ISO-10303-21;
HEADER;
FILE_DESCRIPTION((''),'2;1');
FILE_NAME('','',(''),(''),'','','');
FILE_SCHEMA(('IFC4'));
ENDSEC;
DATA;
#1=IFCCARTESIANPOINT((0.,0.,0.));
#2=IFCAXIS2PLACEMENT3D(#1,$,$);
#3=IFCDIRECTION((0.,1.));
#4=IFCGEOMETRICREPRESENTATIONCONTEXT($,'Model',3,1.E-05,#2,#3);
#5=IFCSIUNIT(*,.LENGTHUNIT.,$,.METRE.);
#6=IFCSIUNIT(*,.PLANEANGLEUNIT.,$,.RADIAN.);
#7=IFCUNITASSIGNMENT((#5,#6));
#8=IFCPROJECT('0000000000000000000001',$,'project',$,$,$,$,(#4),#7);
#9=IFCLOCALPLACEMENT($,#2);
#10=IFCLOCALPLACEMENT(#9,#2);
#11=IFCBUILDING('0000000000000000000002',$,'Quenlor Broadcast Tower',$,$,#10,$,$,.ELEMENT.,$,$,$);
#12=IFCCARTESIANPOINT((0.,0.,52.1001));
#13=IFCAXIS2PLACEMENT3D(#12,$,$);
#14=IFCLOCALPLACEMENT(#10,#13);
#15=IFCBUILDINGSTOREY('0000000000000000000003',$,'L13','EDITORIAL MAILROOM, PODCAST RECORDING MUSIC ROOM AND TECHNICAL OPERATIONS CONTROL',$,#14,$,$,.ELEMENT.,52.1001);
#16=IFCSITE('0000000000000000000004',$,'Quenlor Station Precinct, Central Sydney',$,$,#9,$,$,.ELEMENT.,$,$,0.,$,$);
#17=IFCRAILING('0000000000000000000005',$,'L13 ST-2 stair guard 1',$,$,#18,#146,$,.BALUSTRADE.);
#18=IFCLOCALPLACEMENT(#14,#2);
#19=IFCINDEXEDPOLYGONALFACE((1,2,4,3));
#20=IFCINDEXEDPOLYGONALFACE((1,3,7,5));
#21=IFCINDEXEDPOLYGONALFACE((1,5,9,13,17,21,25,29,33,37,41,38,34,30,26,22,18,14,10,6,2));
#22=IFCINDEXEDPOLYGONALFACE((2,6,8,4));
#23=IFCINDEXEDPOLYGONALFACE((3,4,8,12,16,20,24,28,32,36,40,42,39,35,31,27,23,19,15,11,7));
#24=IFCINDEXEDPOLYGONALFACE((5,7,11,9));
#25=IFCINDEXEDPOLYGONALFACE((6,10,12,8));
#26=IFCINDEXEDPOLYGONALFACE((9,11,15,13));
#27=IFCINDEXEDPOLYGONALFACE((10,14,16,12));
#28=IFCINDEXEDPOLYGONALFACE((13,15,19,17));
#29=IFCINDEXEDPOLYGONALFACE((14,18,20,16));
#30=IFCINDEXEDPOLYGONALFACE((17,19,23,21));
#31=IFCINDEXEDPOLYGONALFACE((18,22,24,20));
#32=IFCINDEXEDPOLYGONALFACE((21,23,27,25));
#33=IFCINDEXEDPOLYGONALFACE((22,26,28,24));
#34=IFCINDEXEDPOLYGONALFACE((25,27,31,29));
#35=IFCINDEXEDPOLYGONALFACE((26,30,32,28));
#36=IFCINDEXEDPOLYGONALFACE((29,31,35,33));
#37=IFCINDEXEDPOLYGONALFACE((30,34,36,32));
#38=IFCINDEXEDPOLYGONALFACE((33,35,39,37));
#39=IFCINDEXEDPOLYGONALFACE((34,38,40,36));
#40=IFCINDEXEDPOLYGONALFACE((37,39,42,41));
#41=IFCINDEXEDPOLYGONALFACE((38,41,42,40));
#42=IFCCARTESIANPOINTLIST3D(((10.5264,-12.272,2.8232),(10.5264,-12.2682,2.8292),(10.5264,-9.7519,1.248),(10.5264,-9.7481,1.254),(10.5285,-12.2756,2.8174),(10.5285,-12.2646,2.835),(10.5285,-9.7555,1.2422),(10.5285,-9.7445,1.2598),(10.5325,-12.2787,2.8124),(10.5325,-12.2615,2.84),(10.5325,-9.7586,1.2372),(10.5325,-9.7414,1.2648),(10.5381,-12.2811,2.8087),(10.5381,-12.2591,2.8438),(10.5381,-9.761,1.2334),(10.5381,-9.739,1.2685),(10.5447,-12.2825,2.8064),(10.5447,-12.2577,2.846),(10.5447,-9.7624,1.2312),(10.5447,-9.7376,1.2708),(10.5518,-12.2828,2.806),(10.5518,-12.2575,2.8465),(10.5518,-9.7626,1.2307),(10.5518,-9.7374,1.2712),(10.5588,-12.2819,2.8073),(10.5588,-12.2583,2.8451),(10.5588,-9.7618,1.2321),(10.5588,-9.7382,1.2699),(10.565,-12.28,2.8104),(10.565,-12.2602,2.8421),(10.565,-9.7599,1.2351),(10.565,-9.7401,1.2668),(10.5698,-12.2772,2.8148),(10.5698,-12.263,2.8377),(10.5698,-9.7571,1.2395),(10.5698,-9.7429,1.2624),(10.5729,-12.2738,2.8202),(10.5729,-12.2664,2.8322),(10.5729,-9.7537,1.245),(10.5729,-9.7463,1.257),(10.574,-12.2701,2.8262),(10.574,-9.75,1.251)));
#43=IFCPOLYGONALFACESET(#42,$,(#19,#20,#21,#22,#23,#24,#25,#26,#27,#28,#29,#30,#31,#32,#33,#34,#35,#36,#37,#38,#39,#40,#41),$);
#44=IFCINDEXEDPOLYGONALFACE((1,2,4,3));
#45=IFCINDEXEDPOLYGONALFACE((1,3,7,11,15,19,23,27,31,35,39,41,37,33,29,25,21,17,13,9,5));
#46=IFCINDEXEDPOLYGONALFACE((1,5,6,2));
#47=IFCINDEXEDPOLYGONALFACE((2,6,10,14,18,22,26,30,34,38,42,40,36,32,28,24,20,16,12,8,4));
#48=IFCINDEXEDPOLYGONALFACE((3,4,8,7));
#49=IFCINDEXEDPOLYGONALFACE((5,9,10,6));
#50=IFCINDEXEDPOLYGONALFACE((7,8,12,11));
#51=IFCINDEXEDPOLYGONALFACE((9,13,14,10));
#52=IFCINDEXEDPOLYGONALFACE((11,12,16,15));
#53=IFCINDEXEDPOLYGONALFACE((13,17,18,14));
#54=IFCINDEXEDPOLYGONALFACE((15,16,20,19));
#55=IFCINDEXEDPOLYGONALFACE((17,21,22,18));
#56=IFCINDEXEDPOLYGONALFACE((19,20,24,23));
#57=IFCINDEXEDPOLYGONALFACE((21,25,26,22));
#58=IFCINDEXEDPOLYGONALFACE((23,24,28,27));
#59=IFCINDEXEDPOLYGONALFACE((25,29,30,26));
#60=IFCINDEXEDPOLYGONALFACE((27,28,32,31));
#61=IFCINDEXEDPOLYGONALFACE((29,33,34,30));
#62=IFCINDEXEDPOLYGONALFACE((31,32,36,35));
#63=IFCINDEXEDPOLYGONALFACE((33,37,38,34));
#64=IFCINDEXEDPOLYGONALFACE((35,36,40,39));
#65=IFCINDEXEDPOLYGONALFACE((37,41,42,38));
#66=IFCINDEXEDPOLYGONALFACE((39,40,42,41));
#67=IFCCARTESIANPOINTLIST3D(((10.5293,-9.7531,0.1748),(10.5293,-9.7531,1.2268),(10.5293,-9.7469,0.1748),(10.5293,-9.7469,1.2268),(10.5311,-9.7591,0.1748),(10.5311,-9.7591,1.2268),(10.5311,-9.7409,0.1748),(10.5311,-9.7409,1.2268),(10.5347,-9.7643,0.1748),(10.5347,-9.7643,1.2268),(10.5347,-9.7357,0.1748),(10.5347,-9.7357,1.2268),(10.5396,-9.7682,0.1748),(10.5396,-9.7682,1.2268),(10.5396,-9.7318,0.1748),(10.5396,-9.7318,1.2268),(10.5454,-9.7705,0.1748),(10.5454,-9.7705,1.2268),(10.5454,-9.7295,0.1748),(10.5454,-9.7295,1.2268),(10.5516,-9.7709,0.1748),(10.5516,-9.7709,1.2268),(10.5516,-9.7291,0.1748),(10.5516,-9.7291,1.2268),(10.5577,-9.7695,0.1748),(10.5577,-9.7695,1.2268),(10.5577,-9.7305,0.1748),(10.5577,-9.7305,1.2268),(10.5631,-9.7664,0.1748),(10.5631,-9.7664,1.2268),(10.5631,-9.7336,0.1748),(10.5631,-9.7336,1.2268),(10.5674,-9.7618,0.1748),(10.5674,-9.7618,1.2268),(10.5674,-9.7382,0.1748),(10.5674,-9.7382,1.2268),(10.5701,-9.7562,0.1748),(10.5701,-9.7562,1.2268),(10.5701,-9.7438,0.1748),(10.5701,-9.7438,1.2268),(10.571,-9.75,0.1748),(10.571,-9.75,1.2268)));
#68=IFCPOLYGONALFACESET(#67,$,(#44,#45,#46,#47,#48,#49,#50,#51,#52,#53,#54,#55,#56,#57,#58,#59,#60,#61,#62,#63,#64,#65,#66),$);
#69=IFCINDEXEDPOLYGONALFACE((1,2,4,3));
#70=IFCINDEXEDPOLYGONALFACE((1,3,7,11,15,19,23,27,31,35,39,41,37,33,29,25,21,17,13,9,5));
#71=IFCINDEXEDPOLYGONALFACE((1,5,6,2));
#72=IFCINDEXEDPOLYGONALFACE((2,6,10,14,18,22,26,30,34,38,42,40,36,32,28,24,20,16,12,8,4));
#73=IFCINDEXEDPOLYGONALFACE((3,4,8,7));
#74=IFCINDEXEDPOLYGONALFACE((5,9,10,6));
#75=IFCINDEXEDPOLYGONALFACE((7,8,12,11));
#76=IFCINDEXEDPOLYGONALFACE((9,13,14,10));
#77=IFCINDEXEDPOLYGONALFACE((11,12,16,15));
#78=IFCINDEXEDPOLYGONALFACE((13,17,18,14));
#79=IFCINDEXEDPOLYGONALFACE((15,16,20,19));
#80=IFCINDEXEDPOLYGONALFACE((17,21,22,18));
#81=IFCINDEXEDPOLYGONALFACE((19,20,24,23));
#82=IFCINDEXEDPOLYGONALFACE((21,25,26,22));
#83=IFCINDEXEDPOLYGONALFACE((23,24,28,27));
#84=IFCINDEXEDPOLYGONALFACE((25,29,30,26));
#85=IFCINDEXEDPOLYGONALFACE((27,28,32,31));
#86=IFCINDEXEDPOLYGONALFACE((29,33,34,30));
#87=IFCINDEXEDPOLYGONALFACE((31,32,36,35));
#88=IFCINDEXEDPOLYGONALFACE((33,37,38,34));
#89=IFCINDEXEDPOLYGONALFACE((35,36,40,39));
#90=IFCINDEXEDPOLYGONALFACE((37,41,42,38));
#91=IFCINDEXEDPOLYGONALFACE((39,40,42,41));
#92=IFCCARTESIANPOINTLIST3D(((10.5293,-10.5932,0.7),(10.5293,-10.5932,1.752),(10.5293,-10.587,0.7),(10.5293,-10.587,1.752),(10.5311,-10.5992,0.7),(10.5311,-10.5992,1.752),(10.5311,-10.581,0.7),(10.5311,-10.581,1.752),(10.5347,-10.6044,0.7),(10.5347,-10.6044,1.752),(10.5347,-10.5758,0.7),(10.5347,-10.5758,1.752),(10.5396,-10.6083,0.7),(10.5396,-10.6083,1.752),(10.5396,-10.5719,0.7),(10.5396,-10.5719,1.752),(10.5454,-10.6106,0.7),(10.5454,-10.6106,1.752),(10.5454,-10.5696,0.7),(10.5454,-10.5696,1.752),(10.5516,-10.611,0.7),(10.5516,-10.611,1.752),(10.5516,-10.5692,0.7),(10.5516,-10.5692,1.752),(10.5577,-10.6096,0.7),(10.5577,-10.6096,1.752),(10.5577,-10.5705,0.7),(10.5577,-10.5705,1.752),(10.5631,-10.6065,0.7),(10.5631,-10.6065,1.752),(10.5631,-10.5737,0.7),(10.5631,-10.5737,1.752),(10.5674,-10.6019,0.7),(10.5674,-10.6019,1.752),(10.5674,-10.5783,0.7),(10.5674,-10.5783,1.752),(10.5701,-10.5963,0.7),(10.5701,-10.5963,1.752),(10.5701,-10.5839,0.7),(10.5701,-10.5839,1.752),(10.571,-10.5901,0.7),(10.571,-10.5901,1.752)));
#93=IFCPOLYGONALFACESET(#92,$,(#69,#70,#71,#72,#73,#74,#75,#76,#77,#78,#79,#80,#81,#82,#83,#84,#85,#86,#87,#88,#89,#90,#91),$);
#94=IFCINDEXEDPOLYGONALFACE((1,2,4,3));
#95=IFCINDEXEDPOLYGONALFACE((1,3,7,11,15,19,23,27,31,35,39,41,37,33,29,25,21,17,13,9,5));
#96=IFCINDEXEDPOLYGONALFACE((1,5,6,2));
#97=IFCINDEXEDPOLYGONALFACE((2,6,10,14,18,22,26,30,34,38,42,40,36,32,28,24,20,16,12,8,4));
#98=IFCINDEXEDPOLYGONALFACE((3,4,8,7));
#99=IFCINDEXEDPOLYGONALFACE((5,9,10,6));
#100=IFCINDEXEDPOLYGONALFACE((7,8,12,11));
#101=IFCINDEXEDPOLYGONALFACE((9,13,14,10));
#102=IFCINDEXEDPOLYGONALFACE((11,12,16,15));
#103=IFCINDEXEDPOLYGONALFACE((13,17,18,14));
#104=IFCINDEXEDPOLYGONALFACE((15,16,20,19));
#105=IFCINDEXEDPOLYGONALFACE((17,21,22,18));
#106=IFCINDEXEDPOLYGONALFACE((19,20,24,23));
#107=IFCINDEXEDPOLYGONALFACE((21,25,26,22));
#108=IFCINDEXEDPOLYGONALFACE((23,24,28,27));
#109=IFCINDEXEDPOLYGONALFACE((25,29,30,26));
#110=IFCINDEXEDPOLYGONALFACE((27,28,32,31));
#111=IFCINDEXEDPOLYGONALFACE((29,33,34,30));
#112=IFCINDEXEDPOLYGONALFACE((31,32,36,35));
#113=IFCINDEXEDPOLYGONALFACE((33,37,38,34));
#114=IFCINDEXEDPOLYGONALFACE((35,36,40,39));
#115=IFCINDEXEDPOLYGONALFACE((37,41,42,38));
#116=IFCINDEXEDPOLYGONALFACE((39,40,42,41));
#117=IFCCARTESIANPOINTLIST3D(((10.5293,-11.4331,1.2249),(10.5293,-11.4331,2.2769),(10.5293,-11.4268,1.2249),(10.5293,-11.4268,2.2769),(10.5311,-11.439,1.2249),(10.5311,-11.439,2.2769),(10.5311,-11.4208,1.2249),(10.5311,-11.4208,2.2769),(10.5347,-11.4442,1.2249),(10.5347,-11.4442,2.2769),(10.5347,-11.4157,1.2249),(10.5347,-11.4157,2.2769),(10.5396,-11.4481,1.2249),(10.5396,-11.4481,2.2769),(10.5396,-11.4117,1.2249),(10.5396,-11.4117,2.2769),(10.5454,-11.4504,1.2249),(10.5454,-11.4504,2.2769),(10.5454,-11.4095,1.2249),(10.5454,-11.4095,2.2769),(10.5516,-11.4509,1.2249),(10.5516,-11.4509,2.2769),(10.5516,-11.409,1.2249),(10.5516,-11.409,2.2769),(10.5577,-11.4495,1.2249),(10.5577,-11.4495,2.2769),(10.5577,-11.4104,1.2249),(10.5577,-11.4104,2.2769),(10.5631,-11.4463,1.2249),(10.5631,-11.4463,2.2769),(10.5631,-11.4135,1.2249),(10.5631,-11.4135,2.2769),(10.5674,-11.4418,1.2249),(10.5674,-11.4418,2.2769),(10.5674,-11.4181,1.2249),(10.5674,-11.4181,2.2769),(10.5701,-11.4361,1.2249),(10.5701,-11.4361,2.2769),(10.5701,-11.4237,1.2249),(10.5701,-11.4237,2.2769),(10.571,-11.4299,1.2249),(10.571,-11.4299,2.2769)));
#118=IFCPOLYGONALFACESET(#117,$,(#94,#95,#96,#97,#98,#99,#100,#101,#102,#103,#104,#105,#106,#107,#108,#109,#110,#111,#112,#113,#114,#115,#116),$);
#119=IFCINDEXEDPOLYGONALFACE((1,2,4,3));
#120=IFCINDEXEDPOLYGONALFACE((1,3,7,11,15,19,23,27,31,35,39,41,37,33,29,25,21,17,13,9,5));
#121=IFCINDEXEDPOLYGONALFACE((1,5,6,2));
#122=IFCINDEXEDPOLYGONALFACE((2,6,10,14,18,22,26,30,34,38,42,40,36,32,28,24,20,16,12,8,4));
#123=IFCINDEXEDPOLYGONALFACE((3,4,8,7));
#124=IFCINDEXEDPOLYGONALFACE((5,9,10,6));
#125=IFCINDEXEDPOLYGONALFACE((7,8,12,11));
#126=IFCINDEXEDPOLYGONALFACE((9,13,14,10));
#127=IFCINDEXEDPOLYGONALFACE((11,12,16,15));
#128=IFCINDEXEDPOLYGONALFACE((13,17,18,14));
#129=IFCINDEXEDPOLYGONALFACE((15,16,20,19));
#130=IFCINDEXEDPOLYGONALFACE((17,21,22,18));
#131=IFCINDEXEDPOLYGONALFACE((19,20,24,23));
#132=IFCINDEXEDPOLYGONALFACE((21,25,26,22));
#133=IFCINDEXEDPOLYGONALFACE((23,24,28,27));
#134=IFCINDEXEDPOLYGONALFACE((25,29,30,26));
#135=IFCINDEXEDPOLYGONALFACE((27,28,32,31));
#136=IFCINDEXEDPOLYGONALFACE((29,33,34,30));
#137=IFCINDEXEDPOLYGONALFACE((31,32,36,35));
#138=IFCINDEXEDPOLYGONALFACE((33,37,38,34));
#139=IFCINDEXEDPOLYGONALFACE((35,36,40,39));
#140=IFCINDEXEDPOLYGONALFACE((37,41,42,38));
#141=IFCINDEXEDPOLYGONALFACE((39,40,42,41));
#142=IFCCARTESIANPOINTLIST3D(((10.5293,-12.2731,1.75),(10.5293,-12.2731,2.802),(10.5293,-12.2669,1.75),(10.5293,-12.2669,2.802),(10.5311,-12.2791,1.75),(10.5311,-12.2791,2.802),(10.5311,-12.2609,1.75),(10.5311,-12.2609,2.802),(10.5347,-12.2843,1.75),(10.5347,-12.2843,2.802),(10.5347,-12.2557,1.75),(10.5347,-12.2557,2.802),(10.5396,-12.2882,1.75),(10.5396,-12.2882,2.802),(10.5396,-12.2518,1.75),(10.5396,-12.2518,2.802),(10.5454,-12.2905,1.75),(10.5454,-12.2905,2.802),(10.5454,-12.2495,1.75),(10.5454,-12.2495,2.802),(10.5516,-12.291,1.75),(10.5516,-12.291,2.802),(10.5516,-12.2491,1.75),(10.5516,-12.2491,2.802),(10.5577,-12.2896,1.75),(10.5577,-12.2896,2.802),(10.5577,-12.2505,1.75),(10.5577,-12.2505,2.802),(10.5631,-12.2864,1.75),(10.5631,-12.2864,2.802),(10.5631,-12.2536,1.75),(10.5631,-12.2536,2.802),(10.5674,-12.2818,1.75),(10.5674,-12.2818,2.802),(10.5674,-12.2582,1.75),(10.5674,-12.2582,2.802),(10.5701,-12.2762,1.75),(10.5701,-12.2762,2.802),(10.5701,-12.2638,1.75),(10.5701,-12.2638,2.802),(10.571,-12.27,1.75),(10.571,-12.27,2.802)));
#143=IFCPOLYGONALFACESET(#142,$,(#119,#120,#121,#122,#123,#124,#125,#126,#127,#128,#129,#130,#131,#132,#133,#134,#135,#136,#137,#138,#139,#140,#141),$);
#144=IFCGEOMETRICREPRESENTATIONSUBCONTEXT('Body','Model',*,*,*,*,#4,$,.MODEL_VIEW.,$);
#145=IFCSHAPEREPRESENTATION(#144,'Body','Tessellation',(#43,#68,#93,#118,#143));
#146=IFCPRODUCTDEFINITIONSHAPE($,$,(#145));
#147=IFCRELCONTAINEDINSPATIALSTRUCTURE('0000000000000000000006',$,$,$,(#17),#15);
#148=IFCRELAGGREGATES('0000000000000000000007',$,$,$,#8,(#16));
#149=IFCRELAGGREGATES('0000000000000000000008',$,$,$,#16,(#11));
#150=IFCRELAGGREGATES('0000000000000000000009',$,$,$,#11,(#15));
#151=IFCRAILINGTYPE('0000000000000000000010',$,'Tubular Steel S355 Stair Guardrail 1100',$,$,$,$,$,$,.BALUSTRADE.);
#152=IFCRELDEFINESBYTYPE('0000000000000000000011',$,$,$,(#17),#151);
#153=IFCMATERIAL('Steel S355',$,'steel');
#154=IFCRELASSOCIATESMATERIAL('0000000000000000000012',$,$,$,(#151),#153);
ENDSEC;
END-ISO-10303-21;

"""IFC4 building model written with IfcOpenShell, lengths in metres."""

from ifc_helpers import new_model, si_unit, direction, frame, origin, origin_2d, place, context, subcontext, project, spatial, circle, extrude, material, type_object, element, save


model = new_model("IFC4")

# Units and contexts
model_context = context("Model", 3, precision=1e-05, world=origin(), true_north=direction((0.0, 1.0)))
body_context = subcontext(model_context, "Body", "Model", "MODEL_VIEW")
ifc_project = project(units=[si_unit("LENGTHUNIT", "METRE"), si_unit("PLANEANGLEUNIT", "RADIAN")], contexts=[model_context])

# Site, building, storey
site_placement = place(None, origin())
site = spatial("IfcSite", under=ifc_project, at=site_placement, Name="Quenlor Station Precinct, Central Sydney", CompositionType="ELEMENT", RefElevation=0.0)
building_placement = place(site_placement, origin())
building = spatial("IfcBuilding", under=site, at=building_placement, Name="Quenlor Broadcast Tower", CompositionType="ELEMENT")
storey_placement = place(building_placement, frame((0.0, 0.0, 52.1001)))
storey = spatial("IfcBuildingStorey", under=building, at=storey_placement, Name="L13", Description="EDITORIAL MAILROOM, PODCAST RECORDING MUSIC ROOM AND TECHNICAL OPERATIONS CONTROL", CompositionType="ELEMENT", Elevation=52.1001)

# Railing
ifc_material_1 = material(Name="Steel S355", Category="steel")
railing_type_1 = type_object("IfcRailingType", Name="Tubular Steel S355 Stair Guardrail 1100", PredefinedType="BALUSTRADE", material=ifc_material_1)
railing_1_placement = place(storey_placement, frame((10.55, -9.75, 0.1748)))
element("IfcRailing", 1, at=railing_1_placement, inside=storey, type_object=railing_type_1, Name="L13 ST-2 stair guard 1", PredefinedType="BALUSTRADE", context=body_context, shape_type="SweptSolid", body=[
    extrude(circle(Radius=0.0239, at=origin_2d()), frame((0.0, 0.0, 1.0762), z_axis=(0.0, -0.847971, 0.530043), x_axis=(1.0, 0.0, 0.0)), (0.0, 0.0, 1.0), 2.9719),
    extrude(circle(Radius=0.021, at=origin_2d()), origin(), (0.0, 0.0, 1.0), 1.052),
    extrude(circle(Radius=0.021, at=origin_2d()), frame((0.0, -0.8401, 0.5251)), (0.0, 0.0, 1.0), 1.052),
    extrude(circle(Radius=0.021, at=origin_2d()), frame((0.0, -1.6799, 1.05)), (0.0, 0.0, 1.0), 1.052),
    extrude(circle(Radius=0.021, at=origin_2d()), frame((0.0, -2.52, 1.5752)), (0.0, 0.0, 1.0), 1.052),
])

save(model, "model.ifc")
